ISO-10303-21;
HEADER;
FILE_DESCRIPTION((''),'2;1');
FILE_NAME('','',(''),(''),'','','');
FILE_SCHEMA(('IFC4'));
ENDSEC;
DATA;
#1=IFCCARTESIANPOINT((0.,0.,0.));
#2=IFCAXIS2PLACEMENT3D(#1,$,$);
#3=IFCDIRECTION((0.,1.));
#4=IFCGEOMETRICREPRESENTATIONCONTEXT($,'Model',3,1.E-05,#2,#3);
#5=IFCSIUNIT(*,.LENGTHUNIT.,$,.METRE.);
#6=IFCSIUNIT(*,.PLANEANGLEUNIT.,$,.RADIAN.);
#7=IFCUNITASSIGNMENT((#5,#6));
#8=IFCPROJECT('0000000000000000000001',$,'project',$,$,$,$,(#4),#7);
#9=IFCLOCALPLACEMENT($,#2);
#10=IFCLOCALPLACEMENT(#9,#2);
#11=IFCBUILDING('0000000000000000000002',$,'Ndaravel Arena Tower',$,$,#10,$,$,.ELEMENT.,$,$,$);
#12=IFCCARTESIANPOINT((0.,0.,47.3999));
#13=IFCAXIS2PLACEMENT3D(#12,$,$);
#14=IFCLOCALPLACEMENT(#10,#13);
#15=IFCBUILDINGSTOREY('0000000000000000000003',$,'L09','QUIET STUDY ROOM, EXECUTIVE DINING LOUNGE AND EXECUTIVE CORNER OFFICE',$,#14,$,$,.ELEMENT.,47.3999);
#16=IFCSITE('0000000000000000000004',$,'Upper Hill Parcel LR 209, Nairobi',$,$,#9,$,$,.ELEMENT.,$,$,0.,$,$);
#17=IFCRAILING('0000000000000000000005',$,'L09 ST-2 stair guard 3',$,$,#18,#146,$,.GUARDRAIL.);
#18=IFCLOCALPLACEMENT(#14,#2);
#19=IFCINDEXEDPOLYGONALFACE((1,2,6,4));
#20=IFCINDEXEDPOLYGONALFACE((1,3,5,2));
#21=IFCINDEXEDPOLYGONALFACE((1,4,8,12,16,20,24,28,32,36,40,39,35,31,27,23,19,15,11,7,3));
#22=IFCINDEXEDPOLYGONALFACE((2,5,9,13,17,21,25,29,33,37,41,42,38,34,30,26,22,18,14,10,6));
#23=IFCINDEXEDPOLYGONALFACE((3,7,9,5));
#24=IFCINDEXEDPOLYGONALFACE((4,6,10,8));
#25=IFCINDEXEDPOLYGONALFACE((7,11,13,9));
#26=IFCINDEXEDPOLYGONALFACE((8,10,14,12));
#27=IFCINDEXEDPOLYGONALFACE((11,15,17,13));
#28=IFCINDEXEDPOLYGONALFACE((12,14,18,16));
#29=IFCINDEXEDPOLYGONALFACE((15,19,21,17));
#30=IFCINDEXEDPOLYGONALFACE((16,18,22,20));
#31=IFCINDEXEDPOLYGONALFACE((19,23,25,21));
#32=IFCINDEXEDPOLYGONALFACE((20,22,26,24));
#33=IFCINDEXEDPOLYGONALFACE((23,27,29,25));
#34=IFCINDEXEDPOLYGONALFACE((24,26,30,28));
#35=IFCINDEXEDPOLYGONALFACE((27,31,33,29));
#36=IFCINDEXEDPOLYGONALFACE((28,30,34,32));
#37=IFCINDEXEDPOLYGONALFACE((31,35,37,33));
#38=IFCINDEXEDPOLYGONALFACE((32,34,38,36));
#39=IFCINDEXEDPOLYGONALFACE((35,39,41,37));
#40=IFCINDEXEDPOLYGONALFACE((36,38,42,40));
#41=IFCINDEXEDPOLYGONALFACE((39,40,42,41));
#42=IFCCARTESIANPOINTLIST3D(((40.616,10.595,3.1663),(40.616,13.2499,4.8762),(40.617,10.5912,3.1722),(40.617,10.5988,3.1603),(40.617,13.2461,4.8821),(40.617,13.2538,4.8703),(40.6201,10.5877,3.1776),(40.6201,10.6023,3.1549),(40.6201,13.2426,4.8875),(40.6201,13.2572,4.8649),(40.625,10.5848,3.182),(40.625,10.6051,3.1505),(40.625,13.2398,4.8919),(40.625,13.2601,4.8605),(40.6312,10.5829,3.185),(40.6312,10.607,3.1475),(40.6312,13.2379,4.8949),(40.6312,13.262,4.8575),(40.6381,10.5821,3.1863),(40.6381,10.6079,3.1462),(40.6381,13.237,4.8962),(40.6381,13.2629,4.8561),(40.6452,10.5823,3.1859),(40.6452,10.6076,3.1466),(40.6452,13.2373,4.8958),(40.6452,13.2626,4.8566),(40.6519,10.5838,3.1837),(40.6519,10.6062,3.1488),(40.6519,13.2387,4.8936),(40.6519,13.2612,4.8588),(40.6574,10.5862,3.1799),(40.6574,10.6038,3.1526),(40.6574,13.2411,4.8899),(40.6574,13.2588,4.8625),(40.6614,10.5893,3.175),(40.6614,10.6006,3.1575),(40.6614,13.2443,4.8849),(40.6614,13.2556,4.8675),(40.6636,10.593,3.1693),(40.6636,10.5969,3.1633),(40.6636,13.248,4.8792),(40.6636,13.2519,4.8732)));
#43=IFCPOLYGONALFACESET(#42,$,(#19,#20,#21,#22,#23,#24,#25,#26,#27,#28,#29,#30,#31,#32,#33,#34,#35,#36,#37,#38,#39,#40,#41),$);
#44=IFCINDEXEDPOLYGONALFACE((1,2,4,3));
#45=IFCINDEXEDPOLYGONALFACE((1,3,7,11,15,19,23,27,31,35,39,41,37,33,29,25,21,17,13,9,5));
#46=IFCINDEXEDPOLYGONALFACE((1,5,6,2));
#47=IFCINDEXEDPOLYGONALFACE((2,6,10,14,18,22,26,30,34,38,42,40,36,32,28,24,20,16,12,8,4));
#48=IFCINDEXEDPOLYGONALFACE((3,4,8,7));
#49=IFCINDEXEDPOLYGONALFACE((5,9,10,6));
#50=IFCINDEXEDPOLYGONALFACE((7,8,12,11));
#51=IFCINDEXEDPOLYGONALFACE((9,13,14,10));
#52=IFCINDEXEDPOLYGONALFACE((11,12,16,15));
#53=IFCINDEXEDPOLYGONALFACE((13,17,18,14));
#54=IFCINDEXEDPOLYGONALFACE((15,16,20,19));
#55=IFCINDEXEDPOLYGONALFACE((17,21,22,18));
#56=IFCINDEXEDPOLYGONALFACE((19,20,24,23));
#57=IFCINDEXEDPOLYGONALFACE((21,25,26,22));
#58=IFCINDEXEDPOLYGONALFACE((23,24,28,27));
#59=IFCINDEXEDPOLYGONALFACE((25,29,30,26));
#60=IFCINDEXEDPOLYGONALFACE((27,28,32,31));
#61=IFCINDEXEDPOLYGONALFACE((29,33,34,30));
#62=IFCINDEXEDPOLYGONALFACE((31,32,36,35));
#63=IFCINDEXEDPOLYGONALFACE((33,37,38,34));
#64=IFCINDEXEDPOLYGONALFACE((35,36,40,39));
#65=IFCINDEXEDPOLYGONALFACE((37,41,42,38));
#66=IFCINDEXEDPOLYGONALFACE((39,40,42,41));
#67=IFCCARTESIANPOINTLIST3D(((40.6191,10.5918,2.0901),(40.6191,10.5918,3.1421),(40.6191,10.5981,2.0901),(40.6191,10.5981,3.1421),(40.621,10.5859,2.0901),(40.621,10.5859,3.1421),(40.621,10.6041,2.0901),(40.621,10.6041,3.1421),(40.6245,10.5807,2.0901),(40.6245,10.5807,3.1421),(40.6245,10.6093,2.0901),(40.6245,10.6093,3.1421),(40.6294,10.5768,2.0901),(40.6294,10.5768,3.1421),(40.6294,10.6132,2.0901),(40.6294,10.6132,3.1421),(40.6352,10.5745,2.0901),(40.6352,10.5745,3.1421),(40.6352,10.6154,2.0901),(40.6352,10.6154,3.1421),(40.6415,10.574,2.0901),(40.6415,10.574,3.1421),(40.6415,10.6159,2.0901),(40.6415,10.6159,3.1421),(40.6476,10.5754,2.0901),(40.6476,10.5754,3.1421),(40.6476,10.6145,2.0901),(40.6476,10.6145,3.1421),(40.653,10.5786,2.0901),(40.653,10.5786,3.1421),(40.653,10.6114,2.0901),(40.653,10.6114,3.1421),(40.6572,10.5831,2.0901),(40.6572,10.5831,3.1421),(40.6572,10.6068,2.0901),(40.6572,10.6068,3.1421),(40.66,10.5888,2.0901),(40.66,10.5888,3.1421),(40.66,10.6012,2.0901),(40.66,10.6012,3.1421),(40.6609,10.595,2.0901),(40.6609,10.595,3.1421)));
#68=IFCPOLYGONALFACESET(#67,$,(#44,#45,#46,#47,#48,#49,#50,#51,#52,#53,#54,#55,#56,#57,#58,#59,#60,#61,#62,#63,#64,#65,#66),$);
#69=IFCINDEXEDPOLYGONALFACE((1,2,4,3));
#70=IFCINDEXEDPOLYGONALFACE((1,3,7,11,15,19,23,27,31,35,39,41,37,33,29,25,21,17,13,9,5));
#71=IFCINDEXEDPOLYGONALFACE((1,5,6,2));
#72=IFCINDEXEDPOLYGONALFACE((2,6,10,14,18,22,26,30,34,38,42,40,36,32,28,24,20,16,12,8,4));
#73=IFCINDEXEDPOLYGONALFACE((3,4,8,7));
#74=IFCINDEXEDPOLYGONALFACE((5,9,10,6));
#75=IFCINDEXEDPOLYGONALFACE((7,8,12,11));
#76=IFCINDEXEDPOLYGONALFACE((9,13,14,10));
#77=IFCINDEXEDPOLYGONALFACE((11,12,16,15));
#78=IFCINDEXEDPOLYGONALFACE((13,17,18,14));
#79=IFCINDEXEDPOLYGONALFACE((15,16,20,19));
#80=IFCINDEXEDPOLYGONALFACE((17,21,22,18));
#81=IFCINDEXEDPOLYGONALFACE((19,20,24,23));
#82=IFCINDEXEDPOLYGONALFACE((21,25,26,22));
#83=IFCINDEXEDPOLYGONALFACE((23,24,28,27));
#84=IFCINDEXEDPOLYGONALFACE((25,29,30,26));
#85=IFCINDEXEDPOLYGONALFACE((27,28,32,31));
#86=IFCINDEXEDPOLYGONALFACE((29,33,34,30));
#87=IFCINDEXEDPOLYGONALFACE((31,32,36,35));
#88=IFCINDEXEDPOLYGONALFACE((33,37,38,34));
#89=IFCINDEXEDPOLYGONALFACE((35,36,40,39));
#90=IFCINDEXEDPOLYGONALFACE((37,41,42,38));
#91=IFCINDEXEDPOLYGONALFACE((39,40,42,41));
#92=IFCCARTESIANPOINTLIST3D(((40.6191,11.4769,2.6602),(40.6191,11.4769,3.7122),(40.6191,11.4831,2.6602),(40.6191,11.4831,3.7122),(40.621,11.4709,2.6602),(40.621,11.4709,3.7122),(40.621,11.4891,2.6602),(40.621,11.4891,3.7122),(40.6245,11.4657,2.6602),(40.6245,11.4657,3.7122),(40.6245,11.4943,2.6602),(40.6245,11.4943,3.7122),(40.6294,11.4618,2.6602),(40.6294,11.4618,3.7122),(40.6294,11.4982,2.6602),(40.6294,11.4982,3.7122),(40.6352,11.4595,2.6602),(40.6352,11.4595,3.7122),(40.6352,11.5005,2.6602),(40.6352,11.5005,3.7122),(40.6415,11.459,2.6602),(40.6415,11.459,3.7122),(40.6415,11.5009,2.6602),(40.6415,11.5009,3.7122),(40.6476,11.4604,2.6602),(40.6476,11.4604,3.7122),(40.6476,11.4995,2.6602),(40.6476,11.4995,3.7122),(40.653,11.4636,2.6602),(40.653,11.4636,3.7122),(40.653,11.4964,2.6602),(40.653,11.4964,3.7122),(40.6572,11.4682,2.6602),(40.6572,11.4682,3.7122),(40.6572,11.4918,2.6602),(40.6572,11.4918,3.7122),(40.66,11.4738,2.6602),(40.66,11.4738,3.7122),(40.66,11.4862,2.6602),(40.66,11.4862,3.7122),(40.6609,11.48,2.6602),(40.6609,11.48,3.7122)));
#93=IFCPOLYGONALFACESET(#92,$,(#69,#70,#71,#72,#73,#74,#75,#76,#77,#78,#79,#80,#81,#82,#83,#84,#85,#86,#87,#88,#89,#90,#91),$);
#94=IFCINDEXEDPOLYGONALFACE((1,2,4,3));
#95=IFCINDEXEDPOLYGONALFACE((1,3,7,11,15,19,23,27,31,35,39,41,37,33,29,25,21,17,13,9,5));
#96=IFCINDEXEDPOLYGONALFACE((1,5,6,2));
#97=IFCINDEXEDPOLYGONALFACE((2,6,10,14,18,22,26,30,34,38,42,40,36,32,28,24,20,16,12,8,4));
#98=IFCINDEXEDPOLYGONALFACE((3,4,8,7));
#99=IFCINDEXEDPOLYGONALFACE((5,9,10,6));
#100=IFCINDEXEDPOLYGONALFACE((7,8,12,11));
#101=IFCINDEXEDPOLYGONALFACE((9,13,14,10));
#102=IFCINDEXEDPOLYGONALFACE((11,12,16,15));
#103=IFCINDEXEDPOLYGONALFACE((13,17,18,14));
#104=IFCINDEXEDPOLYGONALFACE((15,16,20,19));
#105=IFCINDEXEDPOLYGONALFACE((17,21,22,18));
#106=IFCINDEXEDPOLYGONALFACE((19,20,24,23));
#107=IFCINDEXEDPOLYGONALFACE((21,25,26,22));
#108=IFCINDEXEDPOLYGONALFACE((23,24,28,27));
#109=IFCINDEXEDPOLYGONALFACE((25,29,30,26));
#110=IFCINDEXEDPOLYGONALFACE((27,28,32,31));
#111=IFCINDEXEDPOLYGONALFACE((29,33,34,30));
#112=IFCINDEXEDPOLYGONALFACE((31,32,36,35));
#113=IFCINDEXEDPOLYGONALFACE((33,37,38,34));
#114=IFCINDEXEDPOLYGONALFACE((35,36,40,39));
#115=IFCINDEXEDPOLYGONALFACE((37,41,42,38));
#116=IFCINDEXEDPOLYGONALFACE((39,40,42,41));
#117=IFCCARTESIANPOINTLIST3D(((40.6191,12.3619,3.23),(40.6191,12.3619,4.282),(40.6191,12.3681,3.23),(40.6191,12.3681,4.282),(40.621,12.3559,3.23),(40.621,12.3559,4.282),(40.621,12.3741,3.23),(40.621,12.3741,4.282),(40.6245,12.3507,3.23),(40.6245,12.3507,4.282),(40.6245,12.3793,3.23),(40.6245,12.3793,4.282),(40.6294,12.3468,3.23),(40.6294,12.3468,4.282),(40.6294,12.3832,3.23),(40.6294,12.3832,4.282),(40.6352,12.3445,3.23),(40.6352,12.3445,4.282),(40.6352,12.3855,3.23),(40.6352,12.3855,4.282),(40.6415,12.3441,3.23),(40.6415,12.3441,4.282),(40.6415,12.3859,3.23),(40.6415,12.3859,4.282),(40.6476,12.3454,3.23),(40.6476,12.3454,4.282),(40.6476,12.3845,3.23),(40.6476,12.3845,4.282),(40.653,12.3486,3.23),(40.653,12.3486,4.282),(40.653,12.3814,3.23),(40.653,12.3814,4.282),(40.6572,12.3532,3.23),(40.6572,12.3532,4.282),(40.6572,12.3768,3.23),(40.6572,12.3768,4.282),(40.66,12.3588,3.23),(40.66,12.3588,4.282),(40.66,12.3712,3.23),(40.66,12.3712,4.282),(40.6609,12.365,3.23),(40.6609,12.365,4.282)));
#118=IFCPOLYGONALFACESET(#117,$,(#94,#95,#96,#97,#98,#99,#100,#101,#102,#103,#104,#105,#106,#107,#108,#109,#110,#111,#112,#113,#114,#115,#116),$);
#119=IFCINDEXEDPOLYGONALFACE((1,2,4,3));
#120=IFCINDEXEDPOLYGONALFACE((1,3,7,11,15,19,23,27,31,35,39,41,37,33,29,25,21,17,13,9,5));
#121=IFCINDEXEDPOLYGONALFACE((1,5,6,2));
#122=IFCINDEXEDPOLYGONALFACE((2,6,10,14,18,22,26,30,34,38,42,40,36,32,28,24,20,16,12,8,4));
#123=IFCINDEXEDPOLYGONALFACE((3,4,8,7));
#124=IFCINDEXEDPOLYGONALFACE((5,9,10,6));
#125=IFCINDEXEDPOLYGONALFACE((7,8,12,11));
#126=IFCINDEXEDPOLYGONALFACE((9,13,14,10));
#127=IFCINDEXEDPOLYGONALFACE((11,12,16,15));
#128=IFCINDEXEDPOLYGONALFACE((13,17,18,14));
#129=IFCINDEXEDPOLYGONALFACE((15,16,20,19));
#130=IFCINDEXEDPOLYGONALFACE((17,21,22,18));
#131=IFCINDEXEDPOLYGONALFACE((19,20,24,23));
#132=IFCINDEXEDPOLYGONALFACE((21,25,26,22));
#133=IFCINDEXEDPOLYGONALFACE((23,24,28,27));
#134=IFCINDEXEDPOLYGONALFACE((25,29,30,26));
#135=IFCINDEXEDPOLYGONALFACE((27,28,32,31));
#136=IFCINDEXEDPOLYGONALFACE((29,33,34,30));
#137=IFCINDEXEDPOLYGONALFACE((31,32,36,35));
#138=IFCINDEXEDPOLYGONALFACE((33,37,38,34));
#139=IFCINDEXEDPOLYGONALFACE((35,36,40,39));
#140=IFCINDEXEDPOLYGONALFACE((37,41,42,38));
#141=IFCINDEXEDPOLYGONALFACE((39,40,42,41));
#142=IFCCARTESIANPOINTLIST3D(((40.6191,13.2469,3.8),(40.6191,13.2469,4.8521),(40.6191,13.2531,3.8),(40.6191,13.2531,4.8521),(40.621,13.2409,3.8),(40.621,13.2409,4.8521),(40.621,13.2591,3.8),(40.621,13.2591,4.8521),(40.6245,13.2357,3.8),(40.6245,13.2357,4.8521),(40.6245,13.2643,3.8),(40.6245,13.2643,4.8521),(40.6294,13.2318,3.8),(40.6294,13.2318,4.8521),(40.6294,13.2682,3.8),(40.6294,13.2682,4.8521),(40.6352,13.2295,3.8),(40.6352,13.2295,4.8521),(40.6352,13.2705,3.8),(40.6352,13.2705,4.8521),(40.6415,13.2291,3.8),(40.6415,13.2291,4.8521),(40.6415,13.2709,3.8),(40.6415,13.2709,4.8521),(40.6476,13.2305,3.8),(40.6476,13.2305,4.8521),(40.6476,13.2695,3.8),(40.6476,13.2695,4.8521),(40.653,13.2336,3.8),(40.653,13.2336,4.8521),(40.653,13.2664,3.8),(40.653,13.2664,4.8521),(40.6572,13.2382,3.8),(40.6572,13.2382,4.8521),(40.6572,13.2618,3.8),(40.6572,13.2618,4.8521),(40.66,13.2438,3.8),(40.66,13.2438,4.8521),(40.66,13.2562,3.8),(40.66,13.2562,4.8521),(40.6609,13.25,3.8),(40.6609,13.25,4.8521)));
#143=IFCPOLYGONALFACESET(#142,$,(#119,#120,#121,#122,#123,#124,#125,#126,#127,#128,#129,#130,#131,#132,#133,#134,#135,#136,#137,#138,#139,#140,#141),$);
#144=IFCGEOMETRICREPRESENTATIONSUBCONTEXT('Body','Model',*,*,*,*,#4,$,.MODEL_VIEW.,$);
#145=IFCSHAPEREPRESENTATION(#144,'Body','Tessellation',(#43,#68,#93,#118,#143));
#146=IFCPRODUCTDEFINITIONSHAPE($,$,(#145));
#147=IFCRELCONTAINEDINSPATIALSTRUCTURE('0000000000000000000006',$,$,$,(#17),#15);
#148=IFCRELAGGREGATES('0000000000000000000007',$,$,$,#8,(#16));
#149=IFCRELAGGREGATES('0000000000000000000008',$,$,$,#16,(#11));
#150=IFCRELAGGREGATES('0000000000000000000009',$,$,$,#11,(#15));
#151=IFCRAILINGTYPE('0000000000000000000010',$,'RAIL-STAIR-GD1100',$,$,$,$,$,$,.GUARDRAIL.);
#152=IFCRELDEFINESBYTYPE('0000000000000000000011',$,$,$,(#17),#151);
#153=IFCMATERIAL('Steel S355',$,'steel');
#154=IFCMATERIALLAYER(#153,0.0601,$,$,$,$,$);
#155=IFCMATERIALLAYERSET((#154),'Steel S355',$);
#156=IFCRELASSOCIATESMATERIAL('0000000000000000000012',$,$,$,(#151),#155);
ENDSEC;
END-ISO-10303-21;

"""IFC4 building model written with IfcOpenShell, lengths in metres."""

from ifc_helpers import new_model, si_unit, direction, frame, origin, origin_2d, place, context, subcontext, project, spatial, circle, extrude, material, layer, layer_set, type_object, element, save


model = new_model("IFC4")

# Units and contexts
model_context = context("Model", 3, precision=1e-05, world=origin(), true_north=direction((0.0, 1.0)))
body_context = subcontext(model_context, "Body", "Model", "MODEL_VIEW")
ifc_project = project(units=[si_unit("LENGTHUNIT", "METRE"), si_unit("PLANEANGLEUNIT", "RADIAN")], contexts=[model_context])

# Site, building, storey
site_placement = place(None, origin())
site = spatial("IfcSite", under=ifc_project, at=site_placement, Name="Upper Hill Parcel LR 209, Nairobi", CompositionType="ELEMENT", RefElevation=0.0)
building_placement = place(site_placement, origin())
building = spatial("IfcBuilding", under=site, at=building_placement, Name="Ndaravel Arena Tower", CompositionType="ELEMENT")
storey_placement = place(building_placement, frame((0.0, 0.0, 47.3999)))
storey = spatial("IfcBuildingStorey", under=building, at=storey_placement, Name="L09", Description="QUIET STUDY ROOM, EXECUTIVE DINING LOUNGE AND EXECUTIVE CORNER OFFICE", CompositionType="ELEMENT", Elevation=47.3999)

# Railing
ifc_material_1 = material(Name="Steel S355", Category="steel")
ifc_layer_1 = layer(ifc_material_1, 0.0601)
ifc_layer_set_1 = layer_set([ifc_layer_1], Name="Steel S355")
railing_type_1 = type_object("IfcRailingType", Name="RAIL-STAIR-GD1100", PredefinedType="GUARDRAIL", material=ifc_layer_set_1)
railing_1_placement = place(storey_placement, frame((40.6399, 10.595, 2.0901)))
element("IfcRailing", 1, at=railing_1_placement, inside=storey, type_object=railing_type_1, Name="L09 ST-2 stair guard 3", PredefinedType="GUARDRAIL", context=body_context, shape_type="SweptSolid", body=[
    extrude(circle(Radius=0.0239, at=origin_2d()), frame((0.0, 0.0, 1.0762), z_axis=(0.0, 0.840724, 0.541465), x_axis=(-1.0, 0.0, 0.0)), (0.0, 0.0, 1.0), 3.158),
    extrude(circle(Radius=0.021, at=origin_2d()), origin(), (0.0, 0.0, 1.0), 1.052),
    extrude(circle(Radius=0.021, at=origin_2d()), frame((0.0, 0.885, 0.5701)), (0.0, 0.0, 1.0), 1.052),
    extrude(circle(Radius=0.021, at=origin_2d()), frame((0.0, 1.77, 1.1399)), (0.0, 0.0, 1.0), 1.052),
    extrude(circle(Radius=0.021, at=origin_2d()), frame((0.0, 2.655, 1.71)), (0.0, 0.0, 1.0), 1.052),
])

save(model, "model.ifc")
